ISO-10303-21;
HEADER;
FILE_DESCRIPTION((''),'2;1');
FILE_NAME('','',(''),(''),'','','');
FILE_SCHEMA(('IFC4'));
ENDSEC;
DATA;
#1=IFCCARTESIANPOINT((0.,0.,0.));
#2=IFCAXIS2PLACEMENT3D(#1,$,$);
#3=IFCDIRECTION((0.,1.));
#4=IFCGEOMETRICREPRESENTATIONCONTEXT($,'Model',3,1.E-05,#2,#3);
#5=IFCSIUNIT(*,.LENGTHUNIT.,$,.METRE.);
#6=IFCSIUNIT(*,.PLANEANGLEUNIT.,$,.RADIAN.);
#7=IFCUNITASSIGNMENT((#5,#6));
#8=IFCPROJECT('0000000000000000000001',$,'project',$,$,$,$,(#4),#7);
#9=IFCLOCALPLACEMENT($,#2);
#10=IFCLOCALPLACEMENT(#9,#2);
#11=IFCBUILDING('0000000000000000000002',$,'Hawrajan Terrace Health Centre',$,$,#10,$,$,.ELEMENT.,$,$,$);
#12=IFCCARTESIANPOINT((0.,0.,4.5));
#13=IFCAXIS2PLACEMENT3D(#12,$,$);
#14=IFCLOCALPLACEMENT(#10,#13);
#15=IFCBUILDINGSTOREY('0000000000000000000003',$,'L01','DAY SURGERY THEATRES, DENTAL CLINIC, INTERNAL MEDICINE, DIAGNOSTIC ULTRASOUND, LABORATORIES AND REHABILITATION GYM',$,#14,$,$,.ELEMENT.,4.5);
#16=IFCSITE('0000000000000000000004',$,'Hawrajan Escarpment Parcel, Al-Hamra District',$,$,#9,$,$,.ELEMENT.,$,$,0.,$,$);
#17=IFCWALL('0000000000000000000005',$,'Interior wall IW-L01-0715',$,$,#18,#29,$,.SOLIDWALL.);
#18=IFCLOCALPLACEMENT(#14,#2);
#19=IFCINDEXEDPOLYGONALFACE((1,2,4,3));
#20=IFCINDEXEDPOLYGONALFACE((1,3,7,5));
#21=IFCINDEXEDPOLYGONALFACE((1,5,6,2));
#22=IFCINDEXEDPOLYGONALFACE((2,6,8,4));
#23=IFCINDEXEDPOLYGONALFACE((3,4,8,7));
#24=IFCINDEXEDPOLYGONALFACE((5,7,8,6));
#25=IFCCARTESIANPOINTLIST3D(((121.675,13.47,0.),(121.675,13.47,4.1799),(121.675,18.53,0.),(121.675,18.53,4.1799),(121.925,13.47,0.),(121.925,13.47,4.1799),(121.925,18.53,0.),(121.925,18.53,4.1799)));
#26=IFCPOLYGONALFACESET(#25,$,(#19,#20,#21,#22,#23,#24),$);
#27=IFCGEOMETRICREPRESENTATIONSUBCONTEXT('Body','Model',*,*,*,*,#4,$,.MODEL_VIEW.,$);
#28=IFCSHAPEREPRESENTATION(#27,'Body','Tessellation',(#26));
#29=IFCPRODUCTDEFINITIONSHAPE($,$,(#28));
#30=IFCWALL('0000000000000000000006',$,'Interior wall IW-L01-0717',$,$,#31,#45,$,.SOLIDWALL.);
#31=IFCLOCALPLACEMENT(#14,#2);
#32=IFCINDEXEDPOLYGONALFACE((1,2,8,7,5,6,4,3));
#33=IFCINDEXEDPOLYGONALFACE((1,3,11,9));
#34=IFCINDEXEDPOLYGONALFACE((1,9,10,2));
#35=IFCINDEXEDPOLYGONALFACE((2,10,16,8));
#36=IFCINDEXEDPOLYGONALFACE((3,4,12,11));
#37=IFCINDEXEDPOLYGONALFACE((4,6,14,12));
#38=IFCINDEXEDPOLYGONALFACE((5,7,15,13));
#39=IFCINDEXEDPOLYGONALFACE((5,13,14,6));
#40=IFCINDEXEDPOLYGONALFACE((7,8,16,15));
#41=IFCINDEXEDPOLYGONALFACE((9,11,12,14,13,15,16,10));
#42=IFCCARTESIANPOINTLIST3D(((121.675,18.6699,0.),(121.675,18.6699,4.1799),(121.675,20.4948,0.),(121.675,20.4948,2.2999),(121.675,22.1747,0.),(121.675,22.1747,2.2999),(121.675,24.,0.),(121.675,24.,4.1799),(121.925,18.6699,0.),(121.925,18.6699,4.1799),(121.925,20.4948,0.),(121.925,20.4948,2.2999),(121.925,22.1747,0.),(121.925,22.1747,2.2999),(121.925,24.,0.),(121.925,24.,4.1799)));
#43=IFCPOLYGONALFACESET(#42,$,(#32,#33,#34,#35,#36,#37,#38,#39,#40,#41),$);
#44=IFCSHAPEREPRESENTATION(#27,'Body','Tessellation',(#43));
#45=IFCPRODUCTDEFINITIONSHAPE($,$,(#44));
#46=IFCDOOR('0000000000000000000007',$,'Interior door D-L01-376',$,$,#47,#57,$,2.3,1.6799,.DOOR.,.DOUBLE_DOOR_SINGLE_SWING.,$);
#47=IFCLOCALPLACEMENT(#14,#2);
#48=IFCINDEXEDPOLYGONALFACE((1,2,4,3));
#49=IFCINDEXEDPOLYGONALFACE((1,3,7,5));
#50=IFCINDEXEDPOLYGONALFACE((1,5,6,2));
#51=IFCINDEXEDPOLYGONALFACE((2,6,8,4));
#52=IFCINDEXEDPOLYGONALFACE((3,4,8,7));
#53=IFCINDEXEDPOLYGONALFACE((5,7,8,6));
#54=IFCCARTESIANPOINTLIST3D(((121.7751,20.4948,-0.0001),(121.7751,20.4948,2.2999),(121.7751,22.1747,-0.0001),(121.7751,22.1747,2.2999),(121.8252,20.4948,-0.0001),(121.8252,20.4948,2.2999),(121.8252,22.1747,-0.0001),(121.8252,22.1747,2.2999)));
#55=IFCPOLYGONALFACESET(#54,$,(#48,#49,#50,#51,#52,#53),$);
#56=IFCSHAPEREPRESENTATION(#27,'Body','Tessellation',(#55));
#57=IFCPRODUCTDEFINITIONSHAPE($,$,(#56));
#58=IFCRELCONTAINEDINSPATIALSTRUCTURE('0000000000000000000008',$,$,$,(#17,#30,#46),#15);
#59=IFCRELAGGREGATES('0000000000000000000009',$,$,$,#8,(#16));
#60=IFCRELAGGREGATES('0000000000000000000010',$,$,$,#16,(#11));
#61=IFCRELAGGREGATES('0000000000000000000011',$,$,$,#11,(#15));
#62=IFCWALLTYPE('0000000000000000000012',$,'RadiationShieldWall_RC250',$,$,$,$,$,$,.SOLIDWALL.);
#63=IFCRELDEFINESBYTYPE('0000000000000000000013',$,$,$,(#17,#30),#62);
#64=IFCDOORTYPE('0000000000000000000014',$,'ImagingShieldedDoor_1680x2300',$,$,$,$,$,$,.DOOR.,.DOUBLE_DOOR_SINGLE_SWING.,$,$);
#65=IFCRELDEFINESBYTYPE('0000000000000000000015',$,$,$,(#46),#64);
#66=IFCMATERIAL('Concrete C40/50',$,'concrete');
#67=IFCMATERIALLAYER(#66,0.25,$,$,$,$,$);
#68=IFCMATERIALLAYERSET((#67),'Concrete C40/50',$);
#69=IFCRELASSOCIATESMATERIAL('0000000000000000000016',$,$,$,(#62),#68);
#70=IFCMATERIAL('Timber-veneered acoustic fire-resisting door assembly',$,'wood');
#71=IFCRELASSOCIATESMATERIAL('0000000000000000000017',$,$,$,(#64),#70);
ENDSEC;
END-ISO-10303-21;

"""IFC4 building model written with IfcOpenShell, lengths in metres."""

from ifc_helpers import new_model, si_unit, direction, frame, frame_2d, origin, place, context, subcontext, project, spatial, rectangle, extrude, material, layer, layer_set, type_object, element, fill, save


model = new_model("IFC4")

# Units and contexts
model_context = context("Model", 3, precision=1e-05, world=origin(), true_north=direction((0.0, 1.0)))
body_context = subcontext(model_context, "Body", "Model", "MODEL_VIEW")
ifc_project = project(units=[si_unit("LENGTHUNIT", "METRE"), si_unit("PLANEANGLEUNIT", "RADIAN")], contexts=[model_context])

# Site, building, storey
site_placement = place(None, origin())
site = spatial("IfcSite", under=ifc_project, at=site_placement, Name="Hawrajan Escarpment Parcel, Al-Hamra District", CompositionType="ELEMENT", RefElevation=0.0)
building_placement = place(site_placement, origin())
building = spatial("IfcBuilding", under=site, at=building_placement, Name="Hawrajan Terrace Health Centre", CompositionType="ELEMENT")
storey_placement = place(building_placement, frame((0.0, 0.0, 4.5)))
storey = spatial("IfcBuildingStorey", under=building, at=storey_placement, Name="L01", Description="DAY SURGERY THEATRES, DENTAL CLINIC, INTERNAL MEDICINE, DIAGNOSTIC ULTRASOUND, LABORATORIES AND REHABILITATION GYM", CompositionType="ELEMENT", Elevation=4.5)

# Shared definitions
ifc_material_1 = material(Name="Concrete C40/50", Category="concrete")

# Wall
ifc_layer_1 = layer(ifc_material_1, 0.25)
ifc_layer_set_1 = layer_set([ifc_layer_1], Name="Concrete C40/50")
wall_type_1 = type_object("IfcWallType", Name="RadiationShieldWall_RC250", PredefinedType="SOLIDWALL", material=ifc_layer_set_1)
wall_1_placement = place(storey_placement, frame((121.8, 13.47, 0.0), z_axis=(0.0, 0.0, 1.0), x_axis=(0.0, 1.0, 0.0)))
element("IfcWall", 1, at=wall_1_placement, inside=storey, type_object=wall_type_1, Name="Interior wall IW-L01-0715", PredefinedType="SOLIDWALL", context=body_context, shape_type="SweptSolid", body=[
    extrude(rectangle(XDim=5.0601, YDim=0.25, at=frame_2d((2.53, 0.0))), origin(), (0.0, 0.0, 1.0), 4.1799),
])

# Wall, opening, door
wall_2_placement = place(storey_placement, frame((121.8, 18.6699, 0.0), z_axis=(0.0, 0.0, 1.0), x_axis=(0.0, 1.0, 0.0)))
wall_2 = element("IfcWall", 2, at=wall_2_placement, inside=storey, type_object=wall_type_1, Name="Interior wall IW-L01-0717", PredefinedType="SOLIDWALL", context=body_context, shape_type="SweptSolid", body=[
    extrude(rectangle(XDim=5.3301, YDim=0.25, at=frame_2d((2.665, 0.0))), origin(), (0.0, 0.0, 1.0), 4.1799),
])
opening_1_placement = place(wall_2_placement, frame((1.825, 0.0, 0.0)))
opening_1 = element("IfcOpeningElement", 3, at=opening_1_placement, cuts=wall_2, PredefinedType="OPENING", context=body_context, shape_type="SweptSolid", body=[
    extrude(rectangle(XDim=1.6799, YDim=2.3, at=frame_2d((0.8398, 1.1499))), frame((0.0, 0.135, 0.0), z_axis=(0.0, -1.0, 0.0), x_axis=(1.0, 0.0, 0.0)), (0.0, 0.0, 1.0), 0.27),
])
ifc_material_2 = material(Name="Timber-veneered acoustic fire-resisting door assembly", Category="wood")
door_type_1 = type_object("IfcDoorType", Name="ImagingShieldedDoor_1680x2300", OperationType="DOUBLE_DOOR_SINGLE_SWING", PredefinedType="DOOR", material=ifc_material_2)
door_1_placement = place(opening_1_placement, origin())
door_1 = element("IfcDoor", 4, at=door_1_placement, inside=storey, type_object=door_type_1, Name="Interior door D-L01-376", OperationType="DOUBLE_DOOR_SINGLE_SWING", OverallHeight=2.3, OverallWidth=1.6799, PredefinedType="DOOR", context=body_context, shape_type="SweptSolid", body=[
    extrude(rectangle(XDim=1.6799, YDim=2.3, at=frame_2d((0.8398, 1.1499))), frame((0.0, 0.0249, 0.0), z_axis=(0.0, -1.0, 0.0), x_axis=(1.0, 0.0, 0.0)), (0.0, 0.0, 1.0), 0.05),
])
fill(opening_1, door_1)

save(model, "model.ifc")
